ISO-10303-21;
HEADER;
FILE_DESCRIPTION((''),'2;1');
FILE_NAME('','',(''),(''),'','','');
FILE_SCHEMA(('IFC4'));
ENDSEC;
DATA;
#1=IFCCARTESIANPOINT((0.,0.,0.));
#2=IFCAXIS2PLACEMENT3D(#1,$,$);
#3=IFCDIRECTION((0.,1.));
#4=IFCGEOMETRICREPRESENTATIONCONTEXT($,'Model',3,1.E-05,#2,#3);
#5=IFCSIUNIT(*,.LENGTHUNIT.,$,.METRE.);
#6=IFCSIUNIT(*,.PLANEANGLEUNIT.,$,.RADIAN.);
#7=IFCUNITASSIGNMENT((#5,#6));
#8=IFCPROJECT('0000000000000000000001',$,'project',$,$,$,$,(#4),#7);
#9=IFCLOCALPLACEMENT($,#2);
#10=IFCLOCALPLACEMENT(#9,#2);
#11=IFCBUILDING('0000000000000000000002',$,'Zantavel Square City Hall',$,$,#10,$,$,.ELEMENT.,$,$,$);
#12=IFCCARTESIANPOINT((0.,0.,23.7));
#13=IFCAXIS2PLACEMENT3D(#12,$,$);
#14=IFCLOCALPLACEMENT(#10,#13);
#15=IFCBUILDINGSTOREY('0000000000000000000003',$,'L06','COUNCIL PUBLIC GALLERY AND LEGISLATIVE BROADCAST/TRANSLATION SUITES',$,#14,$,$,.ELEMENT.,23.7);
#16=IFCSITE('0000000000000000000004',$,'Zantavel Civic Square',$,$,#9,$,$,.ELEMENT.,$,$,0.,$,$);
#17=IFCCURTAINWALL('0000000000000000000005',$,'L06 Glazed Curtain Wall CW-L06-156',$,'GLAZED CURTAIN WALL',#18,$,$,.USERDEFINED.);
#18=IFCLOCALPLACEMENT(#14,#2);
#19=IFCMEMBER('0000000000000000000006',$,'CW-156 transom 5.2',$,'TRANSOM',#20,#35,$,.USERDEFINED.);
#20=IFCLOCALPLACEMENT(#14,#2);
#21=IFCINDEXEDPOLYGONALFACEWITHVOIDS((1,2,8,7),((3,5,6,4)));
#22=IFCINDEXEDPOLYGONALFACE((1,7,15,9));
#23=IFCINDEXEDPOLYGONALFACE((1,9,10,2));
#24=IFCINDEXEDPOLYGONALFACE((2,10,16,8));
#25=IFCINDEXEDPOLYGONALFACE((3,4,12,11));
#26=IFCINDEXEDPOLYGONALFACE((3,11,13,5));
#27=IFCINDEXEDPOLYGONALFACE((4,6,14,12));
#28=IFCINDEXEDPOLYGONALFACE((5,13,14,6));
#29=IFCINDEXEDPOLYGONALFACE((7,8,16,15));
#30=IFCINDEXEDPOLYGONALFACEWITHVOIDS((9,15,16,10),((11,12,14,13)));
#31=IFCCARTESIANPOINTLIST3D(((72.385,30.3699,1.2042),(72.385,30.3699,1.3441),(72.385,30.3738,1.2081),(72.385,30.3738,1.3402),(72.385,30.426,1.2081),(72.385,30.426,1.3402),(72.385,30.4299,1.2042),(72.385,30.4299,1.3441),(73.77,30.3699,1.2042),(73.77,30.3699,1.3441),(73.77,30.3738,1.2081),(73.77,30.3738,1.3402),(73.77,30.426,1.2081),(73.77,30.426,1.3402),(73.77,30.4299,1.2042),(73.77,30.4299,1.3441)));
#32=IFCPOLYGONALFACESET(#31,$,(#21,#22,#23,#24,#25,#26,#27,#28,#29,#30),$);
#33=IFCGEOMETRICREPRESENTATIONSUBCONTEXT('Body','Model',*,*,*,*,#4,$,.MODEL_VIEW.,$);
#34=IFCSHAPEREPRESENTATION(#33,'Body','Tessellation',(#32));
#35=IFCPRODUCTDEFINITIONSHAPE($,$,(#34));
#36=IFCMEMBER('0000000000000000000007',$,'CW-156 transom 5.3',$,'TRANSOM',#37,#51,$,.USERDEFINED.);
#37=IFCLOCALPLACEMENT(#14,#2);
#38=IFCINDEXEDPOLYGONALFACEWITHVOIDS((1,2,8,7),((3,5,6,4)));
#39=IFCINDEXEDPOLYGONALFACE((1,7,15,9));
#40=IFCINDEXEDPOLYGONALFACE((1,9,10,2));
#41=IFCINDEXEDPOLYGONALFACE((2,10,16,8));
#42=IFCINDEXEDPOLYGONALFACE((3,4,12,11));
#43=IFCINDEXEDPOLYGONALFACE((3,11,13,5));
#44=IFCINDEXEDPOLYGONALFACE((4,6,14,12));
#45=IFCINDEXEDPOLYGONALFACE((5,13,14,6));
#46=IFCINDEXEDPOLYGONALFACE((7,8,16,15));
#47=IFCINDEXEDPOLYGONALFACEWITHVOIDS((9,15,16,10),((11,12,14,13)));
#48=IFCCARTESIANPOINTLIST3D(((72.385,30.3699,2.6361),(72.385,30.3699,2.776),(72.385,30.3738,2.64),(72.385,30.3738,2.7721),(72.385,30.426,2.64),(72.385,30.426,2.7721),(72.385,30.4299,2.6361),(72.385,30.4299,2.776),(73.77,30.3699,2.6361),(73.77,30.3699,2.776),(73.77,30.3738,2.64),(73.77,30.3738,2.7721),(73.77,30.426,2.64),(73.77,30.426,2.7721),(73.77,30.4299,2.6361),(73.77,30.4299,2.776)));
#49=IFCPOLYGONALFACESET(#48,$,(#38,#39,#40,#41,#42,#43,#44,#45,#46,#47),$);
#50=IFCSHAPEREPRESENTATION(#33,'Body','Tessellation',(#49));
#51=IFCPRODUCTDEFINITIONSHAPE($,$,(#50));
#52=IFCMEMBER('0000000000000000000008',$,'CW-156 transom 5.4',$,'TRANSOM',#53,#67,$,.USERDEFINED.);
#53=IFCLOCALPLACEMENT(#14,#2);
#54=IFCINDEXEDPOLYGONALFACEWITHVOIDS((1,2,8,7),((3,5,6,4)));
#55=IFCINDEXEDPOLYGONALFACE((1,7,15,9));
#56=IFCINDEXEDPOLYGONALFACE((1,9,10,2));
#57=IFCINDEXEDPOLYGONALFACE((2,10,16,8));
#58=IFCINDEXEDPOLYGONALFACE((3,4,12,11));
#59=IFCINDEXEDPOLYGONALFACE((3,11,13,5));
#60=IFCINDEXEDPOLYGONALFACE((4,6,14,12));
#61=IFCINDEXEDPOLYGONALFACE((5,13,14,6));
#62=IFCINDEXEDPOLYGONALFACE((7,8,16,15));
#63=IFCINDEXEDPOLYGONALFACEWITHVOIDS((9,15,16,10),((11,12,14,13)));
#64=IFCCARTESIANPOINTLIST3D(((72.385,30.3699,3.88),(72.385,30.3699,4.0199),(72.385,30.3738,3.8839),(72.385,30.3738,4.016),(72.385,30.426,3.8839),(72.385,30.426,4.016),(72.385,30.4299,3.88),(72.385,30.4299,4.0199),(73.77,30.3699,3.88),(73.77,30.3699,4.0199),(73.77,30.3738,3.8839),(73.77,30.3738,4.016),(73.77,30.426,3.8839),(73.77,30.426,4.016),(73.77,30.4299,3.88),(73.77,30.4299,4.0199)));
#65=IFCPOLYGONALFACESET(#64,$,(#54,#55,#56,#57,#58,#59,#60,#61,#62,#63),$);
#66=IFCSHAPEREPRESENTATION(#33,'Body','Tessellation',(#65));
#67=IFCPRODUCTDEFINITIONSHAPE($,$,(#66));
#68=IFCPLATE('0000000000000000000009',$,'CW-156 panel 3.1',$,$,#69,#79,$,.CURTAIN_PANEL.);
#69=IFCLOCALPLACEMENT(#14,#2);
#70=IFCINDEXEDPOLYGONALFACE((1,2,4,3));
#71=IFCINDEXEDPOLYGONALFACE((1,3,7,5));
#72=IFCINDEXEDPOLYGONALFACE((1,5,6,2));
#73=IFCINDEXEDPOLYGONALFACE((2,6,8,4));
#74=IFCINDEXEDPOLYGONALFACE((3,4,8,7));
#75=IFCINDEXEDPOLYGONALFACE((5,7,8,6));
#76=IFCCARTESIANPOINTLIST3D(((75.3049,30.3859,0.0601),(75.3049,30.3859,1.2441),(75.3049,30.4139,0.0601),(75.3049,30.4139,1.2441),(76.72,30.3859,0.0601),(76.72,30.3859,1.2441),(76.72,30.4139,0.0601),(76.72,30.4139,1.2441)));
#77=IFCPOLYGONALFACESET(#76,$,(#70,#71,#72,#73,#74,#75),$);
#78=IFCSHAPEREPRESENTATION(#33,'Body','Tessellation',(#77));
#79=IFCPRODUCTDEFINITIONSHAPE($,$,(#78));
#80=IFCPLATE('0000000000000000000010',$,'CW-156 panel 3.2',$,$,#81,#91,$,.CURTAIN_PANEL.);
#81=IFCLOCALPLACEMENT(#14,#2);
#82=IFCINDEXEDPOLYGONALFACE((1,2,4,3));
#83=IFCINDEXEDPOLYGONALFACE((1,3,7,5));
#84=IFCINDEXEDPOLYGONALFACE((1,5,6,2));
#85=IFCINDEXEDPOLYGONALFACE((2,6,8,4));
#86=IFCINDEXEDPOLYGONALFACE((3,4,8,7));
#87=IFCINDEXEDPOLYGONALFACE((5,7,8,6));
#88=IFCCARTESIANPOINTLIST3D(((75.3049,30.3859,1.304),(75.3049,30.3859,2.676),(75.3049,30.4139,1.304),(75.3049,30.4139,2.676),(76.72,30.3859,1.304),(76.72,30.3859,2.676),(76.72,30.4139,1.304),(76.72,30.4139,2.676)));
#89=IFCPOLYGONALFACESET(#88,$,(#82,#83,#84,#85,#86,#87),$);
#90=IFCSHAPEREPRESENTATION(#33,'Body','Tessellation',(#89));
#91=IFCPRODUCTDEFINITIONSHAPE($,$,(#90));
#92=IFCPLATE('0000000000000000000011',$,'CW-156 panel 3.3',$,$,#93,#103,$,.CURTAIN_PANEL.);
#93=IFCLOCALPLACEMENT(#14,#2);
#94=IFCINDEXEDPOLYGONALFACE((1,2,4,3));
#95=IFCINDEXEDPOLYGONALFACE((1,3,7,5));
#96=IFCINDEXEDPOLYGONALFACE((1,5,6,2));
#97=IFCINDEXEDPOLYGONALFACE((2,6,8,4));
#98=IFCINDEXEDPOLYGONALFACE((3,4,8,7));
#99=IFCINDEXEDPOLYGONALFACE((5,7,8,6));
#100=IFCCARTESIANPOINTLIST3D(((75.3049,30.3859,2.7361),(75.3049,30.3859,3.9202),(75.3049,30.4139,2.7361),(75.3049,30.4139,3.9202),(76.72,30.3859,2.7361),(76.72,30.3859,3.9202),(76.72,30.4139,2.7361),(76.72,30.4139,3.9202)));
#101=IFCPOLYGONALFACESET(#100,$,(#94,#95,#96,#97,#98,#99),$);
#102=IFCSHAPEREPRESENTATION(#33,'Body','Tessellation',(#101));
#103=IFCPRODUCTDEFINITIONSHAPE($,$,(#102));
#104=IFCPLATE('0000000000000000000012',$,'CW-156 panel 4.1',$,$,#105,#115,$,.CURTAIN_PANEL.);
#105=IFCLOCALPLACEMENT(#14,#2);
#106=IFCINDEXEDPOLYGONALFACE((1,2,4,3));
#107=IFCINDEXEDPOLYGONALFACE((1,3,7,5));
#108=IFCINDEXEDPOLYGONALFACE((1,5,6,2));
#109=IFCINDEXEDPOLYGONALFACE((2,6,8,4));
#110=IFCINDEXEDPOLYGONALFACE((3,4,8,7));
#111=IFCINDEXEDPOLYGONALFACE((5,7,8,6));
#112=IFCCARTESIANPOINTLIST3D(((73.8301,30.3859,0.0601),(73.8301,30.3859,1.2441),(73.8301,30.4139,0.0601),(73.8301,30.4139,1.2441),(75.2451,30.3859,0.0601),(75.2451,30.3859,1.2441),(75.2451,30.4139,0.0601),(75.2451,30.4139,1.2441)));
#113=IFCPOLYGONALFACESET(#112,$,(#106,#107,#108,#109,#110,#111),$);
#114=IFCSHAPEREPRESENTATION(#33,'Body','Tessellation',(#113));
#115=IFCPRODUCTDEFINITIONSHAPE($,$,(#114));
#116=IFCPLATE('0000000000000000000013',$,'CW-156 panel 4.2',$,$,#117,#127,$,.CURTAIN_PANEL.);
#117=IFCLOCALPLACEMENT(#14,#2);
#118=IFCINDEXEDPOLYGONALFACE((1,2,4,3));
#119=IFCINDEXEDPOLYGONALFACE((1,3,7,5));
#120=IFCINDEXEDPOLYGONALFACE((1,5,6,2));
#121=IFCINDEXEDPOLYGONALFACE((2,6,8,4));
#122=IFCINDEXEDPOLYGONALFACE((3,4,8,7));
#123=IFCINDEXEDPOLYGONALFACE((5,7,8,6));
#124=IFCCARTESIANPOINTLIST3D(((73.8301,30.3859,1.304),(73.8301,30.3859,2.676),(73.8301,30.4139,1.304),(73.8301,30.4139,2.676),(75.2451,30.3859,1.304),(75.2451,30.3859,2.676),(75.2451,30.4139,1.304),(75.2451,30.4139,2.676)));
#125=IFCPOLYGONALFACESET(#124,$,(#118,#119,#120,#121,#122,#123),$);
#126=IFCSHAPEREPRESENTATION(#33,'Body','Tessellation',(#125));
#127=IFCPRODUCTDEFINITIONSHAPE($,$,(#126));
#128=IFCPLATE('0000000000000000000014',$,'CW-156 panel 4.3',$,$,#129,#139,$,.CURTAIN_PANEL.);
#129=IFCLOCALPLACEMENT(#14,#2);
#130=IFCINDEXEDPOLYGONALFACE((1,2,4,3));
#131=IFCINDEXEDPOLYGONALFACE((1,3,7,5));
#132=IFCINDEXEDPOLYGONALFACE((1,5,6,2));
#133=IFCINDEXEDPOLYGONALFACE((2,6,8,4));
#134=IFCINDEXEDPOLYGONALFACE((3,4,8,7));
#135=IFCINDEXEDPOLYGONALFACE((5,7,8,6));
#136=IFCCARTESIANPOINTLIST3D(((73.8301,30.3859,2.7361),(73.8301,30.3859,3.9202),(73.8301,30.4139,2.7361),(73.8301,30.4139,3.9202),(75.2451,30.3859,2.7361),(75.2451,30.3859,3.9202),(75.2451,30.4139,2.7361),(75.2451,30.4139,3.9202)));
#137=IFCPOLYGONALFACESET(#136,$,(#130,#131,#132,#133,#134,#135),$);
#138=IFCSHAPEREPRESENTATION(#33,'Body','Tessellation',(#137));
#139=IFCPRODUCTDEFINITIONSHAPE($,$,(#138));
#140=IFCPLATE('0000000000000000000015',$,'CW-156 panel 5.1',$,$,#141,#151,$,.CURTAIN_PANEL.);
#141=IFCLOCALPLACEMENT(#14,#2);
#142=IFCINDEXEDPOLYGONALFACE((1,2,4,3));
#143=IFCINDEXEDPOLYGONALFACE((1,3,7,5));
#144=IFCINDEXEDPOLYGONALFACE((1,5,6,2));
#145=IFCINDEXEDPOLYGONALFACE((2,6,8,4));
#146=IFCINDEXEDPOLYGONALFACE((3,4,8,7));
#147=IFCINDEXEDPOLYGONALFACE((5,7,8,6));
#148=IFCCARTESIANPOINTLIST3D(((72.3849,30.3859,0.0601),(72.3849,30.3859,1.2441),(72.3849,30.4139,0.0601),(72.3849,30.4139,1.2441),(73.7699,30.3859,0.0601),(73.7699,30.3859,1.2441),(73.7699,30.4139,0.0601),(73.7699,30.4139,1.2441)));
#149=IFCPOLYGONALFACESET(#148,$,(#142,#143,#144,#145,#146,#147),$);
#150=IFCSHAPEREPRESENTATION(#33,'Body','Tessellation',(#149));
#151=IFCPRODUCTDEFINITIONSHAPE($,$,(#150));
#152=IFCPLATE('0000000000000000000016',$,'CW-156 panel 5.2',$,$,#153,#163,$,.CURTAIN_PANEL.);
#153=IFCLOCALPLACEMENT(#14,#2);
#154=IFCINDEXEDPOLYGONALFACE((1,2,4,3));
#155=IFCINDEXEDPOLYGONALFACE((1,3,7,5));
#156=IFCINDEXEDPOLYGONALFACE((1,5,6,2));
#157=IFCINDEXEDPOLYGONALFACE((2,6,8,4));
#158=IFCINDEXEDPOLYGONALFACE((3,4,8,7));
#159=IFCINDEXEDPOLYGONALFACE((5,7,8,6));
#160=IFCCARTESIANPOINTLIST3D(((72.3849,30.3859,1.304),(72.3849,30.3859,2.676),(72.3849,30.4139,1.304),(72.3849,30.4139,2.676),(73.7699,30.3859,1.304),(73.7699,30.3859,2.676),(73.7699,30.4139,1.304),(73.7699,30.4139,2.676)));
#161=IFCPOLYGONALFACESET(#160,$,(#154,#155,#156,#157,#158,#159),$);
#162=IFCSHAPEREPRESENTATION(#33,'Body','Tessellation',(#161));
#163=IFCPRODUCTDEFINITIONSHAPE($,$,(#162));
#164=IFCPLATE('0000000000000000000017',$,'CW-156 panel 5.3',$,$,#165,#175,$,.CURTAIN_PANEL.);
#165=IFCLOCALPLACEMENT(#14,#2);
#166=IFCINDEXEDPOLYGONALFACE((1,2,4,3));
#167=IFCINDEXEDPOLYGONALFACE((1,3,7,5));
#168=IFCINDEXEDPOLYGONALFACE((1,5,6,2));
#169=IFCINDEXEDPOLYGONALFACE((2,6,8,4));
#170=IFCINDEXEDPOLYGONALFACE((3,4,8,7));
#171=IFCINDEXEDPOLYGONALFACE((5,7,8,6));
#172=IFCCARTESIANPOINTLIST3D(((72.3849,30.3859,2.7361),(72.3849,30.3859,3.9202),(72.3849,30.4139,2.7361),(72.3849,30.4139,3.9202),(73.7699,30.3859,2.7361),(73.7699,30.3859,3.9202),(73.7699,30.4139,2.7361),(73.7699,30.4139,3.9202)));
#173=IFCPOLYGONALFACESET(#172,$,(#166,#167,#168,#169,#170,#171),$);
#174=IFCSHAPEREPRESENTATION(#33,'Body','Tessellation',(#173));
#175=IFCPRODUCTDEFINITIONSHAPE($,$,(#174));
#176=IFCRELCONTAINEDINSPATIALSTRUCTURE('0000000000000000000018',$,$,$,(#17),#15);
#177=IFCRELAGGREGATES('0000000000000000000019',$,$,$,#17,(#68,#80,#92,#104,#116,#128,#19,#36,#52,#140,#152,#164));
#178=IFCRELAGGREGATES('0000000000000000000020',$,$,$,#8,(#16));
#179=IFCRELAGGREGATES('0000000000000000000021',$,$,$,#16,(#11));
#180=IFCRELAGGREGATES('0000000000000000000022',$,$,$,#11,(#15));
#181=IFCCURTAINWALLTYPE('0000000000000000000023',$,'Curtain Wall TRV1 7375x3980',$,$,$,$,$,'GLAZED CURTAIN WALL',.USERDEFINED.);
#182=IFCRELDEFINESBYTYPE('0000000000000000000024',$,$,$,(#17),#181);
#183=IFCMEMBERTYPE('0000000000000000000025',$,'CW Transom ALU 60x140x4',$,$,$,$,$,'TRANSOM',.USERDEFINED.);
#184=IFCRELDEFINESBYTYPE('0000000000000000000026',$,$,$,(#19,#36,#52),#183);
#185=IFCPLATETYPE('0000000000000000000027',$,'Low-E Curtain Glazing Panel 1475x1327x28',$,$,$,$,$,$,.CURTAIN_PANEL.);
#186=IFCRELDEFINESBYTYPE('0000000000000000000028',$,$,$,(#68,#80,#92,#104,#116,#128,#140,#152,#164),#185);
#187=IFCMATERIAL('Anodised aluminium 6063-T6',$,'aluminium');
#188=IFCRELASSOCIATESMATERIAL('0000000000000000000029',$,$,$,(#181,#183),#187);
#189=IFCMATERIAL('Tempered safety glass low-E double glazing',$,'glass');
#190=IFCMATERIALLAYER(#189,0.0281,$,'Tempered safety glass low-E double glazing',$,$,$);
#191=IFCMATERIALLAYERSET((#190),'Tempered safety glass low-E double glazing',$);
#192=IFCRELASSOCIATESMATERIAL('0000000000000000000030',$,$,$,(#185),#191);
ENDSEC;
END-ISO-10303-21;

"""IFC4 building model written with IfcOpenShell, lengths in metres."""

from ifc_helpers import new_model, si_unit, direction, frame, origin, origin_2d, place, context, subcontext, project, spatial, rectangle, hollow_rectangle, extrude, material, layer, layer_set, material_profile, profile_set, type_object, element, aggregate, save


model = new_model("IFC4")

# Units and contexts
model_context = context("Model", 3, precision=1e-05, world=origin(), true_north=direction((0.0, 1.0)))
body_context = subcontext(model_context, "Body", "Model", "MODEL_VIEW")
ifc_project = project(units=[si_unit("LENGTHUNIT", "METRE"), si_unit("PLANEANGLEUNIT", "RADIAN")], contexts=[model_context])

# Site, building, storey
site_placement = place(None, origin())
site = spatial("IfcSite", under=ifc_project, at=site_placement, Name="Zantavel Civic Square", CompositionType="ELEMENT", RefElevation=0.0)
building_placement = place(site_placement, origin())
building = spatial("IfcBuilding", under=site, at=building_placement, Name="Zantavel Square City Hall", CompositionType="ELEMENT")
storey_placement = place(building_placement, frame((0.0, 0.0, 23.7)))
storey = spatial("IfcBuildingStorey", under=building, at=storey_placement, Name="L06", Description="COUNCIL PUBLIC GALLERY AND LEGISLATIVE BROADCAST/TRANSLATION SUITES", CompositionType="ELEMENT", Elevation=23.7)

# Curtain wall, members, plates
ifc_material_1 = material(Name="Anodised aluminium 6063-T6", Category="aluminium")
curtain_wall_type = type_object("IfcCurtainWallType", Name="Curtain Wall TRV1 7375x3980", ElementType="GLAZED CURTAIN WALL", PredefinedType="USERDEFINED", material=ifc_material_1)
curtain_wall_placement = place(storey_placement, origin())
curtain_wall = element("IfcCurtainWall", 1, at=curtain_wall_placement, inside=storey, type_object=curtain_wall_type, Name="L06 Glazed Curtain Wall CW-L06-156", ObjectType="GLAZED CURTAIN WALL", PredefinedType="USERDEFINED")
ifc_material_profile_1 = material_profile(ifc_material_1, hollow_rectangle(XDim=0.0601, YDim=0.1399, WallThickness=0.0039, at=origin_2d()), Name="ALU 60x140x4")
ifc_profile_set_1 = profile_set([ifc_material_profile_1], Name="Anodised aluminium 6063-T6")
member_type_1 = type_object("IfcMemberType", Name="CW Transom ALU 60x140x4", ElementType="TRANSOM", PredefinedType="USERDEFINED", material=ifc_profile_set_1)
member_1_placement = place(storey_placement, frame((73.77, 30.3999, 1.2742), z_axis=(-1.0, 0.0, 0.0), x_axis=(0.0, -1.0, 0.0)))
member_1 = element("IfcMember", 2, at=member_1_placement, type_object=member_type_1, Name="CW-156 transom 5.2", ObjectType="TRANSOM", PredefinedType="USERDEFINED", context=body_context, shape_type="SweptSolid", body=[
    extrude(hollow_rectangle(XDim=0.0601, YDim=0.1399, WallThickness=0.0039, at=origin_2d()), origin(), (0.0, 0.0, 1.0), 1.385),
])
member_2_placement = place(storey_placement, frame((73.77, 30.3999, 2.7061), z_axis=(-1.0, 0.0, 0.0), x_axis=(0.0, -1.0, 0.0)))
member_2 = element("IfcMember", 3, at=member_2_placement, type_object=member_type_1, Name="CW-156 transom 5.3", ObjectType="TRANSOM", PredefinedType="USERDEFINED", context=body_context, shape_type="SweptSolid", body=[
    extrude(hollow_rectangle(XDim=0.0601, YDim=0.1399, WallThickness=0.0039, at=origin_2d()), origin(), (0.0, 0.0, 1.0), 1.385),
])
member_3_placement = place(storey_placement, frame((73.77, 30.3999, 3.95), z_axis=(-1.0, 0.0, 0.0), x_axis=(0.0, -1.0, 0.0)))
member_3 = element("IfcMember", 4, at=member_3_placement, type_object=member_type_1, Name="CW-156 transom 5.4", ObjectType="TRANSOM", PredefinedType="USERDEFINED", context=body_context, shape_type="SweptSolid", body=[
    extrude(hollow_rectangle(XDim=0.0601, YDim=0.1399, WallThickness=0.0039, at=origin_2d()), origin(), (0.0, 0.0, 1.0), 1.385),
])
ifc_material_2 = material(Name="Tempered safety glass low-E double glazing", Category="glass")
ifc_layer = layer(ifc_material_2, 0.0281, Name="Tempered safety glass low-E double glazing")
ifc_layer_set = layer_set([ifc_layer], Name="Tempered safety glass low-E double glazing")
plate_type = type_object("IfcPlateType", Name="Low-E Curtain Glazing Panel 1475x1327x28", PredefinedType="CURTAIN_PANEL", material=ifc_layer_set)
plate_1_placement = place(storey_placement, frame((76.0125, 30.3999, 0.0601), z_axis=(0.0, 0.0, 1.0), x_axis=(-1.0, 0.0, 0.0)))
plate_1 = element("IfcPlate", 5, at=plate_1_placement, type_object=plate_type, Name="CW-156 panel 3.1", PredefinedType="CURTAIN_PANEL", context=body_context, shape_type="SweptSolid", body=[
    extrude(rectangle(XDim=1.415, YDim=0.0281, at=origin_2d()), origin(), (0.0, 0.0, 1.0), 1.1841),
])
plate_2_placement = place(storey_placement, frame((76.0125, 30.3999, 1.304), z_axis=(0.0, 0.0, 1.0), x_axis=(-1.0, 0.0, 0.0)))
plate_2 = element("IfcPlate", 6, at=plate_2_placement, type_object=plate_type, Name="CW-156 panel 3.2", PredefinedType="CURTAIN_PANEL", context=body_context, shape_type="SweptSolid", body=[
    extrude(rectangle(XDim=1.415, YDim=0.0281, at=origin_2d()), origin(), (0.0, 0.0, 1.0), 1.3721),
])
plate_3_placement = place(storey_placement, frame((76.0125, 30.3999, 2.7361), z_axis=(0.0, 0.0, 1.0), x_axis=(-1.0, 0.0, 0.0)))
plate_3 = element("IfcPlate", 7, at=plate_3_placement, type_object=plate_type, Name="CW-156 panel 3.3", PredefinedType="CURTAIN_PANEL", context=body_context, shape_type="SweptSolid", body=[
    extrude(rectangle(XDim=1.415, YDim=0.0281, at=origin_2d()), origin(), (0.0, 0.0, 1.0), 1.1841),
])
plate_4_placement = place(storey_placement, frame((74.5376, 30.3999, 0.0601), z_axis=(0.0, 0.0, 1.0), x_axis=(-1.0, 0.0, 0.0)))
plate_4 = element("IfcPlate", 8, at=plate_4_placement, type_object=plate_type, Name="CW-156 panel 4.1", PredefinedType="CURTAIN_PANEL", context=body_context, shape_type="SweptSolid", body=[
    extrude(rectangle(XDim=1.415, YDim=0.0281, at=origin_2d()), origin(), (0.0, 0.0, 1.0), 1.1841),
])
plate_5_placement = place(storey_placement, frame((74.5376, 30.3999, 1.304), z_axis=(0.0, 0.0, 1.0), x_axis=(-1.0, 0.0, 0.0)))
plate_5 = element("IfcPlate", 9, at=plate_5_placement, type_object=plate_type, Name="CW-156 panel 4.2", PredefinedType="CURTAIN_PANEL", context=body_context, shape_type="SweptSolid", body=[
    extrude(rectangle(XDim=1.415, YDim=0.0281, at=origin_2d()), origin(), (0.0, 0.0, 1.0), 1.3721),
])
plate_6_placement = place(storey_placement, frame((74.5376, 30.3999, 2.7361), z_axis=(0.0, 0.0, 1.0), x_axis=(-1.0, 0.0, 0.0)))
plate_6 = element("IfcPlate", 10, at=plate_6_placement, type_object=plate_type, Name="CW-156 panel 4.3", PredefinedType="CURTAIN_PANEL", context=body_context, shape_type="SweptSolid", body=[
    extrude(rectangle(XDim=1.415, YDim=0.0281, at=origin_2d()), origin(), (0.0, 0.0, 1.0), 1.1841),
])
plate_7_placement = place(storey_placement, frame((73.0774, 30.3999, 0.0601), z_axis=(0.0, 0.0, 1.0), x_axis=(-1.0, 0.0, 0.0)))
plate_7 = element("IfcPlate", 11, at=plate_7_placement, type_object=plate_type, Name="CW-156 panel 5.1", PredefinedType="CURTAIN_PANEL", context=body_context, shape_type="SweptSolid", body=[
    extrude(rectangle(XDim=1.385, YDim=0.0281, at=origin_2d()), origin(), (0.0, 0.0, 1.0), 1.1841),
])
plate_8_placement = place(storey_placement, frame((73.0774, 30.3999, 1.304), z_axis=(0.0, 0.0, 1.0), x_axis=(-1.0, 0.0, 0.0)))
plate_8 = element("IfcPlate", 12, at=plate_8_placement, type_object=plate_type, Name="CW-156 panel 5.2", PredefinedType="CURTAIN_PANEL", context=body_context, shape_type="SweptSolid", body=[
    extrude(rectangle(XDim=1.385, YDim=0.0281, at=origin_2d()), origin(), (0.0, 0.0, 1.0), 1.3721),
])
plate_9_placement = place(storey_placement, frame((73.0774, 30.3999, 2.7361), z_axis=(0.0, 0.0, 1.0), x_axis=(-1.0, 0.0, 0.0)))
plate_9 = element("IfcPlate", 13, at=plate_9_placement, type_object=plate_type, Name="CW-156 panel 5.3", PredefinedType="CURTAIN_PANEL", context=body_context, shape_type="SweptSolid", body=[
    extrude(rectangle(XDim=1.385, YDim=0.0281, at=origin_2d()), origin(), (0.0, 0.0, 1.0), 1.1841),
])
aggregate(curtain_wall, [plate_1, plate_2, plate_3, plate_4, plate_5, plate_6, member_1, member_2, member_3, plate_7, plate_8, plate_9])

save(model, "model.ifc")
